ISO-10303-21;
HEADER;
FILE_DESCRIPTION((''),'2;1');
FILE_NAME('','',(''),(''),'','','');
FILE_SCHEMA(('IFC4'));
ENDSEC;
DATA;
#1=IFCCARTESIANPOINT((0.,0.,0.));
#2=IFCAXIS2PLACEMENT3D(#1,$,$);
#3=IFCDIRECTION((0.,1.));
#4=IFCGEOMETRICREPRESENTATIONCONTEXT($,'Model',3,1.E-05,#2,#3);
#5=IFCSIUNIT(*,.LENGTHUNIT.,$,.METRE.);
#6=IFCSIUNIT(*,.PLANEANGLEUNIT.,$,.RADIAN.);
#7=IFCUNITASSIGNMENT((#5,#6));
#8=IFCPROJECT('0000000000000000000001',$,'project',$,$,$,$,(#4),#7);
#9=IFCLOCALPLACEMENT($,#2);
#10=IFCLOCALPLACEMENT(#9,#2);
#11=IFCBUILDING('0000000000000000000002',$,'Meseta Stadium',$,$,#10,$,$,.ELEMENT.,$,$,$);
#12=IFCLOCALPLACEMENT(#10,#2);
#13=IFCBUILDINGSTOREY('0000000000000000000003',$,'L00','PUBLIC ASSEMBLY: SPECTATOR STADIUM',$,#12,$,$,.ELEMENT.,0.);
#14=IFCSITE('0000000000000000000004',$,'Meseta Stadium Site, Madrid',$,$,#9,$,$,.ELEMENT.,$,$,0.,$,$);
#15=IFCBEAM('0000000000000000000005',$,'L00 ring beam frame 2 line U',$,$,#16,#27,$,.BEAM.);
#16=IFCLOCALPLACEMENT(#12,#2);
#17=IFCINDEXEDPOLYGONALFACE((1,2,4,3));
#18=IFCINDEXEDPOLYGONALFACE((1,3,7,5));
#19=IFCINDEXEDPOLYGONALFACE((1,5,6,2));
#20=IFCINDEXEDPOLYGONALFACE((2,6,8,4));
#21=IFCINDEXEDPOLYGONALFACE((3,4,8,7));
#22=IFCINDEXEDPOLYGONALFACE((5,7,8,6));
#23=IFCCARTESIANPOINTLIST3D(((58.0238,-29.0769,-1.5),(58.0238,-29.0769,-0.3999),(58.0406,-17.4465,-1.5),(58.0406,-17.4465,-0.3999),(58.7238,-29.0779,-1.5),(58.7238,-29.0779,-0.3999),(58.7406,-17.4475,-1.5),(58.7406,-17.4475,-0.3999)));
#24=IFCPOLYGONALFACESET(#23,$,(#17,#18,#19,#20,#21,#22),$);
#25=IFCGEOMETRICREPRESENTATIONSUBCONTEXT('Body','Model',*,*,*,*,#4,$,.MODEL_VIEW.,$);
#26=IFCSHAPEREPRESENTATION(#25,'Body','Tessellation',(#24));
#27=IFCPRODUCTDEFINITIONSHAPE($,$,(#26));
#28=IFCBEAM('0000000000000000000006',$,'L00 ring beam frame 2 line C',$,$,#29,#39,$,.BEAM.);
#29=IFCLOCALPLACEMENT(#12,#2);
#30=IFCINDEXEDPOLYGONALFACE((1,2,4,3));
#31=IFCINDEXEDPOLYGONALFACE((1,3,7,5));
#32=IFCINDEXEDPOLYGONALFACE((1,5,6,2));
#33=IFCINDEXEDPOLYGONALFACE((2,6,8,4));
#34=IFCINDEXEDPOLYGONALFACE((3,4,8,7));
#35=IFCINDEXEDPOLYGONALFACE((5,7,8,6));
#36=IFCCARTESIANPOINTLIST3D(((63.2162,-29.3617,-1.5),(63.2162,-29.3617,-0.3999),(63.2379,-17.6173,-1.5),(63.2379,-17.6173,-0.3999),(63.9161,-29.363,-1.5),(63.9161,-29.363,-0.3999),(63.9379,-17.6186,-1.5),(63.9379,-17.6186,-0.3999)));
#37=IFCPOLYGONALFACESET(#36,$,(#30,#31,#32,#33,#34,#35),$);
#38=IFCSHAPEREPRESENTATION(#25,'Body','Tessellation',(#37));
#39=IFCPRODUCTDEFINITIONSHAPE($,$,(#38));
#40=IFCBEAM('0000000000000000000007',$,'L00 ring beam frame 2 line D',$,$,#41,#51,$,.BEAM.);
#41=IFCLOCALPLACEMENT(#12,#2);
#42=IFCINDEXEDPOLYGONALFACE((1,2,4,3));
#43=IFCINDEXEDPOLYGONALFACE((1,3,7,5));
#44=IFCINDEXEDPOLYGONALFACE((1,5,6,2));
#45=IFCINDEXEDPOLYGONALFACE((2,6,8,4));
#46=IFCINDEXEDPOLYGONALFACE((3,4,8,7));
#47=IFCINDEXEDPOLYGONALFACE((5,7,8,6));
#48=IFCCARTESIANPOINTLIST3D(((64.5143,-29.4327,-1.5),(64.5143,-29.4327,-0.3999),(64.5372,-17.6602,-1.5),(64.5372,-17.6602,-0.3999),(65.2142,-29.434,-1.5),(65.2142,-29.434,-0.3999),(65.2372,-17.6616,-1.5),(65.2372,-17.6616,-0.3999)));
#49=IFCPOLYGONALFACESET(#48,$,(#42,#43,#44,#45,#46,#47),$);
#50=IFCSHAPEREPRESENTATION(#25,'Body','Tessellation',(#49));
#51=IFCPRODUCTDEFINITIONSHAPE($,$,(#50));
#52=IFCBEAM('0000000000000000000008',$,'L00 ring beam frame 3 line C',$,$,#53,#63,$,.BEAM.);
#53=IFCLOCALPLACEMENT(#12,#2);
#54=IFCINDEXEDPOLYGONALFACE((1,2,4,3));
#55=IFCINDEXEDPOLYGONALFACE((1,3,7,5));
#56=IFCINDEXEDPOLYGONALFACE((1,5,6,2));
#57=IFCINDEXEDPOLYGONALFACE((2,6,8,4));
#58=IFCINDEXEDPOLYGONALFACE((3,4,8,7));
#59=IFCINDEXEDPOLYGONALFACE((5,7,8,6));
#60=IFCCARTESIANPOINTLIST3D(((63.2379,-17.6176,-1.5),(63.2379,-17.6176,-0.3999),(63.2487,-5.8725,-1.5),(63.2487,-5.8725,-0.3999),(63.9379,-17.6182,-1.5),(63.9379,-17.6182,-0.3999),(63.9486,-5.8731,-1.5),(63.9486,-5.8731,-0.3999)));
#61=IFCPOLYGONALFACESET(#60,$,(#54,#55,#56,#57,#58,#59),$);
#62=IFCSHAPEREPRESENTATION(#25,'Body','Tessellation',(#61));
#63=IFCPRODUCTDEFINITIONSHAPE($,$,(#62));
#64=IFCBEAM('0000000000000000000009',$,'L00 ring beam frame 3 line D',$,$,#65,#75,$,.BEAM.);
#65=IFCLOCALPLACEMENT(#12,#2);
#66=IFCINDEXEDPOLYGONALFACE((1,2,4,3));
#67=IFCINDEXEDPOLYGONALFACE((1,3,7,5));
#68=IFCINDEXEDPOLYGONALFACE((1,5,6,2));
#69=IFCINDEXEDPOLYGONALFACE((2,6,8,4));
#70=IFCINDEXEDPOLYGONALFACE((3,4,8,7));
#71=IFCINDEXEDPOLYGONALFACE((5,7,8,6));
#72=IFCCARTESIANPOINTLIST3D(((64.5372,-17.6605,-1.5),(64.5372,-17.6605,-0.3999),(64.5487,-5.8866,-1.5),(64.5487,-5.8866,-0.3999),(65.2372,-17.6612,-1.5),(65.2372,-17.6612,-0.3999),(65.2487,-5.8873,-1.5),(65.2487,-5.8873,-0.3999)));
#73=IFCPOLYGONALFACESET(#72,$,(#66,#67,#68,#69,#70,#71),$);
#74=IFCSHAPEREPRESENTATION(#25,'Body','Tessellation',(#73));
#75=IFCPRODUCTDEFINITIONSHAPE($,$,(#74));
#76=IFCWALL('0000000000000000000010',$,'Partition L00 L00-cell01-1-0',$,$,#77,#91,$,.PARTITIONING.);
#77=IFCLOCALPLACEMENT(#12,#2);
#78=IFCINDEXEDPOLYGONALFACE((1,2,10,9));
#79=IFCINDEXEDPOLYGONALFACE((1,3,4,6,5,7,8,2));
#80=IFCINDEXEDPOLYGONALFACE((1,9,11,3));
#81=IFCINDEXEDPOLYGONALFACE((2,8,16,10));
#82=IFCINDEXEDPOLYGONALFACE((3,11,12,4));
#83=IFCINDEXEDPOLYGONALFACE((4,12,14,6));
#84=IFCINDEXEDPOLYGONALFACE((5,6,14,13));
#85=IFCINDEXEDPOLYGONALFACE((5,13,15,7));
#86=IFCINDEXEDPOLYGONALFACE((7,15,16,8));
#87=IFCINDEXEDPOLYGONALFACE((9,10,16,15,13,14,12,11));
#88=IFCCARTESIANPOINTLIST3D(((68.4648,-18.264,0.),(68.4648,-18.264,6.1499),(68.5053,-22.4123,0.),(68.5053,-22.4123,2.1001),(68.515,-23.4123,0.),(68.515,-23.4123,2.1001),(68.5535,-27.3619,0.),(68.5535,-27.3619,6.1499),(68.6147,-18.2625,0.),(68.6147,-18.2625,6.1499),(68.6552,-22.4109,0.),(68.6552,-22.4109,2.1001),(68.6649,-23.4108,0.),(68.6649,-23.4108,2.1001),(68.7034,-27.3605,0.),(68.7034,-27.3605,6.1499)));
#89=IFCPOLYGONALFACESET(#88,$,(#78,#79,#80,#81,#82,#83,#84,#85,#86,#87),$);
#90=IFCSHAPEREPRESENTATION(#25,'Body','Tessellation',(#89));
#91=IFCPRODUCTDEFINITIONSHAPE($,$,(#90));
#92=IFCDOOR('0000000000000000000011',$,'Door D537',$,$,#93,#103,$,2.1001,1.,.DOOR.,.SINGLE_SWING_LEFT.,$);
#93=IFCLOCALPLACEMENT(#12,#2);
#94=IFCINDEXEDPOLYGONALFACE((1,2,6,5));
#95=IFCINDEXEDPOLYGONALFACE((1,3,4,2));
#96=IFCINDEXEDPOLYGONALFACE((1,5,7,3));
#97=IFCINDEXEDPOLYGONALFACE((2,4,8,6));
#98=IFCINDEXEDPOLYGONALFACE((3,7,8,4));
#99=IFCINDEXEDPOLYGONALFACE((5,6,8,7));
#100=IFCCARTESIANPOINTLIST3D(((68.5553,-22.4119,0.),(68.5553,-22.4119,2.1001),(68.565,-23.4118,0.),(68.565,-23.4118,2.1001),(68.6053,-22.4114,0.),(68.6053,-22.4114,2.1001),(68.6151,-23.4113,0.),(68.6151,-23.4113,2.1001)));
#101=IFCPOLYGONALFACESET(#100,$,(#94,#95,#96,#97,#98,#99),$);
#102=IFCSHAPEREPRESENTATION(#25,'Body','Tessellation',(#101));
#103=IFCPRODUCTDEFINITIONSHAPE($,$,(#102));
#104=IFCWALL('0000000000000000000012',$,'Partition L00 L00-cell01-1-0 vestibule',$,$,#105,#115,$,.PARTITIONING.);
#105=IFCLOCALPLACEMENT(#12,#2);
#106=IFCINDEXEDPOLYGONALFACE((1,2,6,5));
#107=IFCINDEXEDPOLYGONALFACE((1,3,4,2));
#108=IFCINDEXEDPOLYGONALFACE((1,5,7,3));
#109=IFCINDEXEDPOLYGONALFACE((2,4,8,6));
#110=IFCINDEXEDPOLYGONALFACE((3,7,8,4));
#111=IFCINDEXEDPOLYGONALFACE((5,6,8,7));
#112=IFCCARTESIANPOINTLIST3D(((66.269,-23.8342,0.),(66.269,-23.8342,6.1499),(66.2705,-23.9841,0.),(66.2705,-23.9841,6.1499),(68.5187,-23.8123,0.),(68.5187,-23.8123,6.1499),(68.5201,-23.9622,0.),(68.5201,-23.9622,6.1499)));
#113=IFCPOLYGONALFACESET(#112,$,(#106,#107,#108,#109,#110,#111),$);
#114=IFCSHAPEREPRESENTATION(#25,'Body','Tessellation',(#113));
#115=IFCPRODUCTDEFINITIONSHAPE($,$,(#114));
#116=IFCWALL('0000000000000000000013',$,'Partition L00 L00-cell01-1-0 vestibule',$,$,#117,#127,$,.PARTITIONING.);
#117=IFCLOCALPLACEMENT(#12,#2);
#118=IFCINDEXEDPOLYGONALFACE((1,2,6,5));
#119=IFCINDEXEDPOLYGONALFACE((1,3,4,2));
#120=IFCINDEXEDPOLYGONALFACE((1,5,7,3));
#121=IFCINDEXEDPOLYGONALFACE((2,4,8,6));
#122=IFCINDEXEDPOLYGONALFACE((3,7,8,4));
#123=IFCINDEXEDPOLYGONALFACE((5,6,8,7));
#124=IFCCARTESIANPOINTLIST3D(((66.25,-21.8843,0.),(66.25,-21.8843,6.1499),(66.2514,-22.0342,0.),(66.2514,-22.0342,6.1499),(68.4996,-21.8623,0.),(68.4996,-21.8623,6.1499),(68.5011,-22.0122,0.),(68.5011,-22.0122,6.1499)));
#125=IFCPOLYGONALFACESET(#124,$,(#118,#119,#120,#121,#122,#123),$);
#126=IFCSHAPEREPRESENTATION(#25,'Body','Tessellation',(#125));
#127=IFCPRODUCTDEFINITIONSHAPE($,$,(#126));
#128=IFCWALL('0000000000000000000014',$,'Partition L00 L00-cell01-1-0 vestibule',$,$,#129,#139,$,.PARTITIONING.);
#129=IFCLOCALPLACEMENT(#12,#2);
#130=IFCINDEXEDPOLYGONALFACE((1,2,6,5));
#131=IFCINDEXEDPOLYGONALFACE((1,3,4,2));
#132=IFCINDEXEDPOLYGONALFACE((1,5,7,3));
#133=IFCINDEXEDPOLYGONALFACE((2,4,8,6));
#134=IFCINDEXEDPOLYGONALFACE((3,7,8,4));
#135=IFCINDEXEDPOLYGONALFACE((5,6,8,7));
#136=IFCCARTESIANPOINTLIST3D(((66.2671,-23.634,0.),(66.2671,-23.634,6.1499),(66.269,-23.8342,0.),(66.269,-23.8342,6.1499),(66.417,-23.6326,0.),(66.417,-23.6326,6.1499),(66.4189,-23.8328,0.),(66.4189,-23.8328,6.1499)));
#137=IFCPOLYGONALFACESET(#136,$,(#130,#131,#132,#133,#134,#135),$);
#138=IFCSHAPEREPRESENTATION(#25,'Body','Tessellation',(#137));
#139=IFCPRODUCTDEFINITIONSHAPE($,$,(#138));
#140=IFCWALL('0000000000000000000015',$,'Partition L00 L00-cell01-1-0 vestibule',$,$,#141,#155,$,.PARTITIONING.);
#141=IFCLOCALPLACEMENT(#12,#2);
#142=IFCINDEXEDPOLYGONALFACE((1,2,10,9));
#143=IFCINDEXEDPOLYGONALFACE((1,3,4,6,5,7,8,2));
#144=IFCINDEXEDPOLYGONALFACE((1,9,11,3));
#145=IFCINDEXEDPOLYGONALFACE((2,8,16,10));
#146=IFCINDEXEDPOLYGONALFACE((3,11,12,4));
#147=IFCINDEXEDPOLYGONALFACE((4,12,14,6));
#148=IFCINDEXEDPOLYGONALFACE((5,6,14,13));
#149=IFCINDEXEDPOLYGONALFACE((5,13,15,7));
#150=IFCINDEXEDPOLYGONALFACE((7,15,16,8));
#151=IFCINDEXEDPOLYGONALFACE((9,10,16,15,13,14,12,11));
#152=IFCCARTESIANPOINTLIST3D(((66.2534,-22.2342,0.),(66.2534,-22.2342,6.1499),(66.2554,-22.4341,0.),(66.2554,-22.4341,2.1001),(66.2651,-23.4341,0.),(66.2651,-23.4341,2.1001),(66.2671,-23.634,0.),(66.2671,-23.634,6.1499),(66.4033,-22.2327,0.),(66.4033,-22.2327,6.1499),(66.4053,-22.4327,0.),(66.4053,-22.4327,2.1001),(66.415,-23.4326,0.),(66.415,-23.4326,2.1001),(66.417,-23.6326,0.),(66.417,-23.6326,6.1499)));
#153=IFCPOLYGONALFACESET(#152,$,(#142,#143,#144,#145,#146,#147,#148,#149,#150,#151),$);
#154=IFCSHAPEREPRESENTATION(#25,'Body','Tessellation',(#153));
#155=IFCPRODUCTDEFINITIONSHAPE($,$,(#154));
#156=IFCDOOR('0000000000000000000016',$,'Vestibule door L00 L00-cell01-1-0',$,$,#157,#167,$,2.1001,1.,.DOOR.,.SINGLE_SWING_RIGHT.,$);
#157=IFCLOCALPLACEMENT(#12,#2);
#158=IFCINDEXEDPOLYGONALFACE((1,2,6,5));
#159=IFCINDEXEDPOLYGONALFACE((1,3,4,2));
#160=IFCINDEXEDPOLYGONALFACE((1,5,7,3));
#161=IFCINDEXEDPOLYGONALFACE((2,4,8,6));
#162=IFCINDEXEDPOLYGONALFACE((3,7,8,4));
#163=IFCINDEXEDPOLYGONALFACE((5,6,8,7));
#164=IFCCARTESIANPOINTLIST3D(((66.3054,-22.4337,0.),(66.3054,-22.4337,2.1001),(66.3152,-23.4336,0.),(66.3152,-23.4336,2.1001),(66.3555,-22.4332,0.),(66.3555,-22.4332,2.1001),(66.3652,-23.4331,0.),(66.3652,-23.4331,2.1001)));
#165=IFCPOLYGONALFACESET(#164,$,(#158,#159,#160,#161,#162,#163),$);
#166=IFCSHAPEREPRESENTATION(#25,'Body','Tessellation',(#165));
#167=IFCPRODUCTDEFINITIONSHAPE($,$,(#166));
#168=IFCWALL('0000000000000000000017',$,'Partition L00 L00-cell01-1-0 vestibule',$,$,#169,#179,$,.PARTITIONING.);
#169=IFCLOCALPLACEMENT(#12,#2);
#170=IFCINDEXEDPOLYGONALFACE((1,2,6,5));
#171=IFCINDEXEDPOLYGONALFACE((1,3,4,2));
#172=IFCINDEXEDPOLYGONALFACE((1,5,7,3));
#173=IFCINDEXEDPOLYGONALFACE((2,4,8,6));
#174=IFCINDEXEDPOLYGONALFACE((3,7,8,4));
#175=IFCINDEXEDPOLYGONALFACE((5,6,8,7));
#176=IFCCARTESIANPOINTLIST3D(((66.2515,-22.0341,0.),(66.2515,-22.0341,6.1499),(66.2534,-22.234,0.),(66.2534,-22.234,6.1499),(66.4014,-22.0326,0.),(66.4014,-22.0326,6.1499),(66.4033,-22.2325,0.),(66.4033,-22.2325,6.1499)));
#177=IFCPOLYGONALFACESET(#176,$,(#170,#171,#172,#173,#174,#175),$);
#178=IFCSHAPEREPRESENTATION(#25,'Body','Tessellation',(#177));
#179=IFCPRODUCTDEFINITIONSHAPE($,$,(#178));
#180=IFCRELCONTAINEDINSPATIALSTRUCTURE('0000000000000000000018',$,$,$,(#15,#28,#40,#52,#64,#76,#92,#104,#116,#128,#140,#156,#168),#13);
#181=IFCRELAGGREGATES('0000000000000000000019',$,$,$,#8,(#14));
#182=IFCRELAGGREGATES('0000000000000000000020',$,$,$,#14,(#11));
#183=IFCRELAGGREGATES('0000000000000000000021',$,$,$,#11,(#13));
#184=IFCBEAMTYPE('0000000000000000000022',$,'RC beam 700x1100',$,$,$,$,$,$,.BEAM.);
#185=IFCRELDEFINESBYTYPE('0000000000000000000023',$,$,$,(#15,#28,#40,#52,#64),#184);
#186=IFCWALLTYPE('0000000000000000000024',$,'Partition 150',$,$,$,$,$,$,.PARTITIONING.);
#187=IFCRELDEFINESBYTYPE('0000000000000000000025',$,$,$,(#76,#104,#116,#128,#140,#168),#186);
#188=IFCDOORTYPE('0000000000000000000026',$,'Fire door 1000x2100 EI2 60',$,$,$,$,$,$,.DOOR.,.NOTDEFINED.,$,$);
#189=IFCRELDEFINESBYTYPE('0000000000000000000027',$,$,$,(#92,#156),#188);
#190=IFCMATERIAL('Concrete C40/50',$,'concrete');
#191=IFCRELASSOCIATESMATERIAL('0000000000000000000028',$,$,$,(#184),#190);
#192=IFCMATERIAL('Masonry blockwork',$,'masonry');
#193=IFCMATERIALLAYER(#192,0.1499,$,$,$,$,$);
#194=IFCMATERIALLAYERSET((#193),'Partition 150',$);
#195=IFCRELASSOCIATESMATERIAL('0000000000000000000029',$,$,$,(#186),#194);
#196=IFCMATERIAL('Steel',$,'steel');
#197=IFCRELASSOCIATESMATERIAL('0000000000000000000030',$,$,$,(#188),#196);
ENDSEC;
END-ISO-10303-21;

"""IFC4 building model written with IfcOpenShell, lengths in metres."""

from ifc_helpers import new_model, si_unit, direction, frame, frame_2d, origin, origin_2d, place, context, subcontext, project, spatial, rectangle, extrude, material, layer, layer_set, material_profile, profile_set, type_object, element, fill, save


model = new_model("IFC4")

# Units and contexts
model_context = context("Model", 3, precision=1e-05, world=origin(), true_north=direction((0.0, 1.0)))
body_context = subcontext(model_context, "Body", "Model", "MODEL_VIEW")
ifc_project = project(units=[si_unit("LENGTHUNIT", "METRE"), si_unit("PLANEANGLEUNIT", "RADIAN")], contexts=[model_context])

# Site, building, storey
site_placement = place(None, origin())
site = spatial("IfcSite", under=ifc_project, at=site_placement, Name="Meseta Stadium Site, Madrid", CompositionType="ELEMENT", RefElevation=0.0)
building_placement = place(site_placement, origin())
building = spatial("IfcBuilding", under=site, at=building_placement, Name="Meseta Stadium", CompositionType="ELEMENT")
storey_placement = place(building_placement, origin())
storey = spatial("IfcBuildingStorey", under=building, at=storey_placement, Name="L00", Description="PUBLIC ASSEMBLY: SPECTATOR STADIUM", CompositionType="ELEMENT", Elevation=0.0)

# Beams
ifc_material_1 = material(Name="Concrete C40/50", Category="concrete")
ifc_material_profile_1 = material_profile(ifc_material_1, rectangle(XDim=0.7, YDim=1.1001, at=origin_2d()), Name="RC 700x1100")
ifc_profile_set_1 = profile_set([ifc_material_profile_1], Name="Concrete C40/50")
beam_type_1 = type_object("IfcBeamType", Name="RC beam 700x1100", PredefinedType="BEAM", material=ifc_profile_set_1)
beam_1_placement = place(storey_placement, frame((58.3738, -29.0774, -0.95), z_axis=(0.001448, 0.999999, 0.0), x_axis=(-0.999999, 0.001448, 0.0)))
element("IfcBeam", 1, at=beam_1_placement, inside=storey, type_object=beam_type_1, Name="L00 ring beam frame 2 line U", PredefinedType="BEAM", context=body_context, shape_type="SweptSolid", body=[
    extrude(rectangle(XDim=0.7, YDim=1.1001, at=origin_2d()), origin(), (0.0, 0.0, 1.0), 11.6304),
])
beam_2_placement = place(storey_placement, frame((63.5662, -29.3623, -0.95), z_axis=(0.00185, 0.999998, 0.0), x_axis=(-0.999998, 0.00185, 0.0)))
element("IfcBeam", 2, at=beam_2_placement, inside=storey, type_object=beam_type_1, Name="L00 ring beam frame 2 line C", PredefinedType="BEAM", context=body_context, shape_type="SweptSolid", body=[
    extrude(rectangle(XDim=0.7, YDim=1.1001, at=origin_2d()), origin(), (0.0, 0.0, 1.0), 11.7444),
])
beam_3_placement = place(storey_placement, frame((64.8643, -29.4333, -0.95), z_axis=(0.001949, 0.999998, 0.0), x_axis=(-0.999998, 0.001949, 0.0)))
element("IfcBeam", 3, at=beam_3_placement, inside=storey, type_object=beam_type_1, Name="L00 ring beam frame 2 line D", PredefinedType="BEAM", context=body_context, shape_type="SweptSolid", body=[
    extrude(rectangle(XDim=0.7, YDim=1.1001, at=origin_2d()), origin(), (0.0, 0.0, 1.0), 11.7725),
])
beam_4_placement = place(storey_placement, frame((63.5879, -17.6179, -0.95), z_axis=(0.000915, 1.0, 0.0), x_axis=(-1.0, 0.000915, 0.0)))
element("IfcBeam", 4, at=beam_4_placement, inside=storey, type_object=beam_type_1, Name="L00 ring beam frame 3 line C", PredefinedType="BEAM", context=body_context, shape_type="SweptSolid", body=[
    extrude(rectangle(XDim=0.7, YDim=1.1001, at=origin_2d()), origin(), (0.0, 0.0, 1.0), 11.7451),
])
beam_5_placement = place(storey_placement, frame((64.8872, -17.6609, -0.95), z_axis=(0.000975, 1.0, 0.0), x_axis=(-1.0, 0.000975, 0.0)))
element("IfcBeam", 5, at=beam_5_placement, inside=storey, type_object=beam_type_1, Name="L00 ring beam frame 3 line D", PredefinedType="BEAM", context=body_context, shape_type="SweptSolid", body=[
    extrude(rectangle(XDim=0.7, YDim=1.1001, at=origin_2d()), origin(), (0.0, 0.0, 1.0), 11.7739),
])

# Wall, opening, door
ifc_material_2 = material(Name="Masonry blockwork", Category="masonry")
ifc_layer = layer(ifc_material_2, 0.1499)
ifc_layer_set = layer_set([ifc_layer], Name="Partition 150")
wall_type = type_object("IfcWallType", Name="Partition 150", PredefinedType="PARTITIONING", material=ifc_layer_set)
wall_1_placement = place(storey_placement, frame((68.6284, -27.3613, 0.0), z_axis=(0.0, 0.0, 1.0), x_axis=(-0.009741, 0.999953, 0.0)))
wall_1 = element("IfcWall", 6, at=wall_1_placement, inside=storey, type_object=wall_type, Name="Partition L00 L00-cell01-1-0", PredefinedType="PARTITIONING", context=body_context, shape_type="SweptSolid", body=[
    extrude(rectangle(XDim=9.0984, YDim=0.1499, at=frame_2d((4.5493, 0.0))), origin(), (0.0, 0.0, 1.0), 6.1499),
])
opening_1_placement = place(wall_1_placement, frame((3.95, 0.0, 0.0)))
opening_1 = element("IfcOpeningElement", 7, at=opening_1_placement, cuts=wall_1, PredefinedType="OPENING", context=body_context, shape_type="SweptSolid", body=[
    extrude(rectangle(XDim=1.0, YDim=2.1001, at=frame_2d((0.5, 1.05))), frame((0.0, 0.085, 0.0), z_axis=(0.0, -1.0, 0.0), x_axis=(1.0, 0.0, 0.0)), (0.0, 0.0, 1.0), 0.1699),
])
ifc_material_3 = material(Name="Steel", Category="steel")
door_type = type_object("IfcDoorType", Name="Fire door 1000x2100 EI2 60", OperationType="NOTDEFINED", PredefinedType="DOOR", material=ifc_material_3)
door_1_placement = place(opening_1_placement, origin())
door_1 = element("IfcDoor", 8, at=door_1_placement, inside=storey, type_object=door_type, Name="Door D537", OperationType="SINGLE_SWING_LEFT", OverallHeight=2.1001, OverallWidth=1.0, PredefinedType="DOOR", context=body_context, shape_type="SweptSolid", body=[
    extrude(rectangle(XDim=1.0, YDim=2.1001, at=frame_2d((0.5, 1.05))), frame((0.0, 0.0249, 0.0), z_axis=(0.0, -1.0, 0.0), x_axis=(1.0, 0.0, 0.0)), (0.0, 0.0, 1.0), 0.05),
])
fill(opening_1, door_1)

# Walls
for number, where, z_axis, x_axis, name in (
    (9, (68.5195, -23.8872, 0.0), (0.0, 0.0, 1.0), (-0.999952, -0.009766, 0.0), "Partition L00 L00-cell01-1-0 vestibule"),
    (10, (68.5005, -21.9373, 0.0), (0.0, 0.0, 1.0), (-0.999952, -0.009766, 0.0), "Partition L00 L00-cell01-1-0 vestibule"),
):
    element("IfcWall", number, at=place(storey_placement, frame(where, z_axis=z_axis, x_axis=x_axis)), inside=storey, type_object=wall_type, Name=name, PredefinedType="PARTITIONING", context=body_context, shape_type="SweptSolid", body=[
        extrude(rectangle(XDim=2.2498, YDim=0.1499, at=frame_2d((1.125, 0.0))), origin(), (0.0, 0.0, 1.0), 6.1499),
    ])
wall_2_placement = place(storey_placement, frame((66.344, -23.8335, 0.0), z_axis=(0.0, 0.0, 1.0), x_axis=(-0.009756, 0.999952, 0.0)))
element("IfcWall", 11, at=wall_2_placement, inside=storey, type_object=wall_type, Name="Partition L00 L00-cell01-1-0 vestibule", PredefinedType="PARTITIONING", context=body_context, shape_type="SweptSolid", body=[
    extrude(rectangle(XDim=0.2002, YDim=0.1499, at=frame_2d((0.1001, 0.0))), origin(), (0.0, 0.0, 1.0), 6.1499),
])

# Wall, opening, door
wall_3_placement = place(storey_placement, frame((66.342, -23.6333, 0.0), z_axis=(0.0, 0.0, 1.0), x_axis=(-0.009766, 0.999952, 0.0)))
wall_3 = element("IfcWall", 12, at=wall_3_placement, inside=storey, type_object=wall_type, Name="Partition L00 L00-cell01-1-0 vestibule", PredefinedType="PARTITIONING", context=body_context, shape_type="SweptSolid", body=[
    extrude(rectangle(XDim=1.3999, YDim=0.1499, at=frame_2d((0.7, 0.0))), origin(), (0.0, 0.0, 1.0), 6.1499),
])
opening_2_placement = place(wall_3_placement, frame((0.2, 0.0, 0.0)))
opening_2 = element("IfcOpeningElement", 13, at=opening_2_placement, cuts=wall_3, PredefinedType="OPENING", context=body_context, shape_type="SweptSolid", body=[
    extrude(rectangle(XDim=1.0, YDim=2.1001, at=frame_2d((0.5, 1.05))), frame((0.0, 0.085, 0.0), z_axis=(0.0, -1.0, 0.0), x_axis=(1.0, 0.0, 0.0)), (0.0, 0.0, 1.0), 0.1699),
])
door_2_placement = place(opening_2_placement, origin())
door_2 = element("IfcDoor", 14, at=door_2_placement, inside=storey, type_object=door_type, Name="Vestibule door L00 L00-cell01-1-0", OperationType="SINGLE_SWING_RIGHT", OverallHeight=2.1001, OverallWidth=1.0, PredefinedType="DOOR", context=body_context, shape_type="SweptSolid", body=[
    extrude(rectangle(XDim=1.0, YDim=2.1001, at=frame_2d((0.5, 1.05))), frame((0.0, 0.0249, 0.0), z_axis=(0.0, -1.0, 0.0), x_axis=(1.0, 0.0, 0.0)), (0.0, 0.0, 1.0), 0.05),
])
fill(opening_2, door_2)

# Wall
wall_4_placement = place(storey_placement, frame((66.3284, -22.2334, 0.0), z_axis=(0.0, 0.0, 1.0), x_axis=(-0.009768, 0.999952, 0.0)))
element("IfcWall", 15, at=wall_4_placement, inside=storey, type_object=wall_type, Name="Partition L00 L00-cell01-1-0 vestibule", PredefinedType="PARTITIONING", context=body_context, shape_type="SweptSolid", body=[
    extrude(rectangle(XDim=0.2, YDim=0.1499, at=frame_2d((0.1001, 0.0))), origin(), (0.0, 0.0, 1.0), 6.1499),
])

save(model, "model.ifc")
